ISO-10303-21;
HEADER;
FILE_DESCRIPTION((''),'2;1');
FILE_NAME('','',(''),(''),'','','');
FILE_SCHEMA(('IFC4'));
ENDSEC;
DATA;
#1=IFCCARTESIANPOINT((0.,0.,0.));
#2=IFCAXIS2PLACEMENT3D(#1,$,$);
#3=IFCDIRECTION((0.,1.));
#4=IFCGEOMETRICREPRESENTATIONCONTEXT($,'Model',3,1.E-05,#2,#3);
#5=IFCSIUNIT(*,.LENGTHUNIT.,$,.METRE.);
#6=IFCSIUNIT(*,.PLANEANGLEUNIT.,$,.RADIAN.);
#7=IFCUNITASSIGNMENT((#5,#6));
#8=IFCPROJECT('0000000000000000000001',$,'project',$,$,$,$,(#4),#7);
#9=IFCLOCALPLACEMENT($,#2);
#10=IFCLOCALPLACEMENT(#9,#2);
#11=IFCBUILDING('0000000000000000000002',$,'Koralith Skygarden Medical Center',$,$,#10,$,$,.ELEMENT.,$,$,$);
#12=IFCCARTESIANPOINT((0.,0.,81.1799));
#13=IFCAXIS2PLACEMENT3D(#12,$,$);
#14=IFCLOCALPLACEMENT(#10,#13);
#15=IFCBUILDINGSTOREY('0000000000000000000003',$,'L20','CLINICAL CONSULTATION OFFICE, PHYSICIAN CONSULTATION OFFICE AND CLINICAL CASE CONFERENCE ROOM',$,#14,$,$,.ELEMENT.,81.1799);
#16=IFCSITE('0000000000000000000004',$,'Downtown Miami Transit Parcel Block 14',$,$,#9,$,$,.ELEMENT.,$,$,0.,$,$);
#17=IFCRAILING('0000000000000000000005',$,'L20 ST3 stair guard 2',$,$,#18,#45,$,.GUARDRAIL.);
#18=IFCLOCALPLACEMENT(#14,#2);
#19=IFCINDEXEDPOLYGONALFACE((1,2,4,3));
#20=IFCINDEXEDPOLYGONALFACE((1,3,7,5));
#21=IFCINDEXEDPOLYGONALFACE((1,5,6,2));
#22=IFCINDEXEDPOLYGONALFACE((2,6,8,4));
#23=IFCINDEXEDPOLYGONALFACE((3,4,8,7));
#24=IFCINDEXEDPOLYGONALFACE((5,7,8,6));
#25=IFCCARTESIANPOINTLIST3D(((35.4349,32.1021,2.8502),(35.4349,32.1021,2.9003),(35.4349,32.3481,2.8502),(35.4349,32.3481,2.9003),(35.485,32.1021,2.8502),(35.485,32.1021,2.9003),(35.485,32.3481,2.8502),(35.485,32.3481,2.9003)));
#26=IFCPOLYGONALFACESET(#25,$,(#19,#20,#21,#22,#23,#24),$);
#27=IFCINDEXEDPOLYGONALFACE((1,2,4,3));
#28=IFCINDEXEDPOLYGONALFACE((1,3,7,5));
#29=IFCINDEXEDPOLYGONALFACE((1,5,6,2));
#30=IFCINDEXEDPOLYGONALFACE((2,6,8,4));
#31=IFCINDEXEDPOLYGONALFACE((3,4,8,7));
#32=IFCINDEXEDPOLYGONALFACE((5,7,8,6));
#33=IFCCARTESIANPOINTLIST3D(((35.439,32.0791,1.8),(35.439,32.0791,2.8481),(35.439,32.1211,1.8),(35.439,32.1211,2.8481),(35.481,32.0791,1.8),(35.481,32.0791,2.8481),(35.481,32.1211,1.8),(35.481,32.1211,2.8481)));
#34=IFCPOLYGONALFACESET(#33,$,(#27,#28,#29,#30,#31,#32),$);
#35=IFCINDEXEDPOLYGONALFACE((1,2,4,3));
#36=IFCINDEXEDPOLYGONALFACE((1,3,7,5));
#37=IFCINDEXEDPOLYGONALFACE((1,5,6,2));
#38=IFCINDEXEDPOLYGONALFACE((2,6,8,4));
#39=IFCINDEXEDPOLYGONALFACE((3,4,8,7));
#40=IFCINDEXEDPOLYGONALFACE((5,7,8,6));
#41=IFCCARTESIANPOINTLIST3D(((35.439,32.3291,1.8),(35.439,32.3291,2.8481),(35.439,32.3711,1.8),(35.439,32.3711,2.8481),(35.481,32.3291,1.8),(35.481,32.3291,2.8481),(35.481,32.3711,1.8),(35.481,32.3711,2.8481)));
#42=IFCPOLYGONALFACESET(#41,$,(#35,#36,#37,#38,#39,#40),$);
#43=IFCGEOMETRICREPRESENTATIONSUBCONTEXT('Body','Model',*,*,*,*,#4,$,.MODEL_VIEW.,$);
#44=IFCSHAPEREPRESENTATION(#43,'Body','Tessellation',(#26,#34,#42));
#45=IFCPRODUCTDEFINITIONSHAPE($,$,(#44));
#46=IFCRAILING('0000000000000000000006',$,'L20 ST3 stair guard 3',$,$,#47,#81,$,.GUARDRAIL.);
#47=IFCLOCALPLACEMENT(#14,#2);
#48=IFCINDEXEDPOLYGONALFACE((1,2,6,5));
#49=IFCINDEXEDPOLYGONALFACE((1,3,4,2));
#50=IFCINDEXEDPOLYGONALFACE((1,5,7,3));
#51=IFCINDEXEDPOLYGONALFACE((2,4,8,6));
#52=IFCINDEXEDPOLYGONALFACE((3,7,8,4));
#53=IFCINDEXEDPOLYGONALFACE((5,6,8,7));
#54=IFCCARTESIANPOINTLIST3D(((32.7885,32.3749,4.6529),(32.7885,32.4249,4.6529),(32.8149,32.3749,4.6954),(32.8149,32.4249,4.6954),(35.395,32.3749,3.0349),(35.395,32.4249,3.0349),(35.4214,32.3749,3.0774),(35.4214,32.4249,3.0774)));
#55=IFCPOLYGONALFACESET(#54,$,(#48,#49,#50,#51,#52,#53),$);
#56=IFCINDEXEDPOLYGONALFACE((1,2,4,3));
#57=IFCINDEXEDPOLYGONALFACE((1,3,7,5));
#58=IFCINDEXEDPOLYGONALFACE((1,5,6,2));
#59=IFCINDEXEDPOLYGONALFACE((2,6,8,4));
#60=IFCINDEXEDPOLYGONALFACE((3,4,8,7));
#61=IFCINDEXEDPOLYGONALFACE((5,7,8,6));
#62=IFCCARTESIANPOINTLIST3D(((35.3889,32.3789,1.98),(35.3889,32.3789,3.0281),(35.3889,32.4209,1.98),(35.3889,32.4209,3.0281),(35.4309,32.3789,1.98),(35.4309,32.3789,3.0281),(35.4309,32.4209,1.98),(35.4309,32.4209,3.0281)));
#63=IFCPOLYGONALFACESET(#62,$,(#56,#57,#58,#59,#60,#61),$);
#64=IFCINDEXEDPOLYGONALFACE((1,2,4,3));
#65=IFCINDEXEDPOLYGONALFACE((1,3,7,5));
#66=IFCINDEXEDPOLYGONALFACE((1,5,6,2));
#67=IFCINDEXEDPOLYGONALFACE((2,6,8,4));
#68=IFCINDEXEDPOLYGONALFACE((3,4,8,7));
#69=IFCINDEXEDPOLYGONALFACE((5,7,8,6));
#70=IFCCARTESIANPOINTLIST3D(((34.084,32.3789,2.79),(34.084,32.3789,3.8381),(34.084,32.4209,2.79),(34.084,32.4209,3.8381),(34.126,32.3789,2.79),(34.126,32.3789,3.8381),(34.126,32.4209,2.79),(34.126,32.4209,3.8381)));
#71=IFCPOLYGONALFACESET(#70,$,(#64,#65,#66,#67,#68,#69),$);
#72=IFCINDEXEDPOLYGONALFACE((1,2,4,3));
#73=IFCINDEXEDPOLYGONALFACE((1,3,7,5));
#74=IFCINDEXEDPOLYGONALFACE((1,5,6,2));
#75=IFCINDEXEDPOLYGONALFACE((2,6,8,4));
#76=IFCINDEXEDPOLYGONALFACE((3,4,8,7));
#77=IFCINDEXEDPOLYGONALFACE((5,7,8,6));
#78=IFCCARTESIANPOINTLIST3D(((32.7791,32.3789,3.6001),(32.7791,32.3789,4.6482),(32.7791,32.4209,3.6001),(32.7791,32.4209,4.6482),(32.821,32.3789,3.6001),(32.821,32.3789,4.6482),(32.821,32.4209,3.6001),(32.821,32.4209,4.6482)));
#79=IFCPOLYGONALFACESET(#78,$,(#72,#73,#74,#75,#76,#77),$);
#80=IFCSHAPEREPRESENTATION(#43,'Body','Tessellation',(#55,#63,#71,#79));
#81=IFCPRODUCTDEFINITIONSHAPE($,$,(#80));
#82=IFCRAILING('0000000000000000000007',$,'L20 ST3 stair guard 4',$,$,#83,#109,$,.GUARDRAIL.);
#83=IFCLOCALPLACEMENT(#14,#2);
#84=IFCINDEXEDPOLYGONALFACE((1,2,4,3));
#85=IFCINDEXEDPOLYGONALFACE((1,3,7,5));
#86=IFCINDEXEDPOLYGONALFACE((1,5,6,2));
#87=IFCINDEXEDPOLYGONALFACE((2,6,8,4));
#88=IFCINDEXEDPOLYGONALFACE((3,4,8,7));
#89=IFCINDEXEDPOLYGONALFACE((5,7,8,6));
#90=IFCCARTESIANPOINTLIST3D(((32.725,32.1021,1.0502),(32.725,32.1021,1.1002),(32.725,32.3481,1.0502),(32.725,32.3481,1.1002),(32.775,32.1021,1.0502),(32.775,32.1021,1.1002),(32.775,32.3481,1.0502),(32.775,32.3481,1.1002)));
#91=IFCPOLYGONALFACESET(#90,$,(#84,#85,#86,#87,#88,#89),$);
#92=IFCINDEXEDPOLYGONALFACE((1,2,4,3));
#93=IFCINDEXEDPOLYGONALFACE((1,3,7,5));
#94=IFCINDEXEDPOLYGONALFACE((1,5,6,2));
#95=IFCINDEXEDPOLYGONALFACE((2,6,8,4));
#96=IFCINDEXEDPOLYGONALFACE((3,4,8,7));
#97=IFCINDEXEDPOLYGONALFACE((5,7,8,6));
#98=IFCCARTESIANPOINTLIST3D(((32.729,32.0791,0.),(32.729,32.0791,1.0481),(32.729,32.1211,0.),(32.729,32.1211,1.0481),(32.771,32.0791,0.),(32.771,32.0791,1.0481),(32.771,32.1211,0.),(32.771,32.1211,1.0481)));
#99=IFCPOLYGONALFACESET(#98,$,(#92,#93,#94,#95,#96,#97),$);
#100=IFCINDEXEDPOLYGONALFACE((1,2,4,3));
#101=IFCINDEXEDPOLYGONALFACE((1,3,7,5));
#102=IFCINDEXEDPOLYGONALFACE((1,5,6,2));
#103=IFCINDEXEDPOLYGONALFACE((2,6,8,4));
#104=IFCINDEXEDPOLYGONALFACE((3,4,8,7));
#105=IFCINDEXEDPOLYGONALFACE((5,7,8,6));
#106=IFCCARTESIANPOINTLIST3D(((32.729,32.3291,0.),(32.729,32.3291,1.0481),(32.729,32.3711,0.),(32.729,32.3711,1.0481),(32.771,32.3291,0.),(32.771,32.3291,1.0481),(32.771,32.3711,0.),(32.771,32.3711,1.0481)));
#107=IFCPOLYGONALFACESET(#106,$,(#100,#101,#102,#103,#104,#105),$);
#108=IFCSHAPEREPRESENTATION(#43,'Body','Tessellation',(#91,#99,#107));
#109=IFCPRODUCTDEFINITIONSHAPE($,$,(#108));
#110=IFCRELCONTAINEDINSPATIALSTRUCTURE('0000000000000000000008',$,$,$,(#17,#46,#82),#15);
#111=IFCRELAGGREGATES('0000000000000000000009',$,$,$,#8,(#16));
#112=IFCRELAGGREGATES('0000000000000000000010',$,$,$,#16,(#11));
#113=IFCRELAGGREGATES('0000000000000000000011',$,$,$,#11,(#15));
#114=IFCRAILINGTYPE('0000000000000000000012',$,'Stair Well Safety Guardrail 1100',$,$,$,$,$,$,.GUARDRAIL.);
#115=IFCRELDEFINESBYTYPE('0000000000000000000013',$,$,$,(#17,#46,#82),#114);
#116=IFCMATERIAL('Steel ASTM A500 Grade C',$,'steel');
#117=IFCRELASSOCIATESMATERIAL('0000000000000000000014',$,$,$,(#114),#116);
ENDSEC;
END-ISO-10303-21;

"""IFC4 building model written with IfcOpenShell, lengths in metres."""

from ifc_helpers import new_model, si_unit, direction, frame, origin, origin_2d, place, context, subcontext, project, spatial, rectangle, extrude, material, type_object, element, save


model = new_model("IFC4")

# Units and contexts
model_context = context("Model", 3, precision=1e-05, world=origin(), true_north=direction((0.0, 1.0)))
body_context = subcontext(model_context, "Body", "Model", "MODEL_VIEW")
ifc_project = project(units=[si_unit("LENGTHUNIT", "METRE"), si_unit("PLANEANGLEUNIT", "RADIAN")], contexts=[model_context])

# Site, building, storey
site_placement = place(None, origin())
site = spatial("IfcSite", under=ifc_project, at=site_placement, Name="Downtown Miami Transit Parcel Block 14", CompositionType="ELEMENT", RefElevation=0.0)
building_placement = place(site_placement, origin())
building = spatial("IfcBuilding", under=site, at=building_placement, Name="Koralith Skygarden Medical Center", CompositionType="ELEMENT")
storey_placement = place(building_placement, frame((0.0, 0.0, 81.1799)))
storey = spatial("IfcBuildingStorey", under=building, at=storey_placement, Name="L20", Description="CLINICAL CONSULTATION OFFICE, PHYSICIAN CONSULTATION OFFICE AND CLINICAL CASE CONFERENCE ROOM", CompositionType="ELEMENT", Elevation=81.1799)

# Railings
ifc_material_1 = material(Name="Steel ASTM A500 Grade C", Category="steel")
railing_type_1 = type_object("IfcRailingType", Name="Stair Well Safety Guardrail 1100", PredefinedType="GUARDRAIL", material=ifc_material_1)
railing_1_placement = place(storey_placement, frame((35.46, 32.1001, 1.8)))
element("IfcRailing", 1, at=railing_1_placement, inside=storey, type_object=railing_type_1, Name="L20 ST3 stair guard 2", PredefinedType="GUARDRAIL", context=body_context, shape_type="SweptSolid", body=[
    extrude(rectangle(XDim=0.05, YDim=0.05, at=origin_2d()), frame((0.0, 0.002, 1.0752), z_axis=(0.0, 1.0, 0.0), x_axis=(-1.0, 0.0, 0.0)), (0.0, 0.0, 1.0), 0.2461),
    extrude(rectangle(XDim=0.042, YDim=0.042, at=origin_2d()), origin(), (0.0, 0.0, 1.0), 1.0481),
    extrude(rectangle(XDim=0.042, YDim=0.042, at=origin_2d()), frame((0.0, 0.25, 0.0)), (0.0, 0.0, 1.0), 1.0481),
])
railing_2_placement = place(storey_placement, frame((35.4099, 32.3999, 1.98)))
element("IfcRailing", 2, at=railing_2_placement, inside=storey, type_object=railing_type_1, Name="L20 ST3 stair guard 3", PredefinedType="GUARDRAIL", context=body_context, shape_type="SweptSolid", body=[
    extrude(rectangle(XDim=0.05, YDim=0.05, at=origin_2d()), frame((-0.0017, 0.0, 1.0762), z_axis=(-0.849611, 0.0, 0.52741), x_axis=(0.0, -1.0, 0.0)), (0.0, 0.0, 1.0), 3.0679),
    extrude(rectangle(XDim=0.042, YDim=0.042, at=origin_2d()), origin(), (0.0, 0.0, 1.0), 1.0481),
    extrude(rectangle(XDim=0.042, YDim=0.042, at=origin_2d()), frame((-1.3049, 0.0, 0.8101)), (0.0, 0.0, 1.0), 1.0481),
    extrude(rectangle(XDim=0.042, YDim=0.042, at=origin_2d()), frame((-2.6099, 0.0, 1.6201)), (0.0, 0.0, 1.0), 1.0481),
])
railing_3_placement = place(storey_placement, frame((32.75, 32.1001, 0.0)))
element("IfcRailing", 3, at=railing_3_placement, inside=storey, type_object=railing_type_1, Name="L20 ST3 stair guard 4", PredefinedType="GUARDRAIL", context=body_context, shape_type="SweptSolid", body=[
    extrude(rectangle(XDim=0.05, YDim=0.05, at=origin_2d()), frame((0.0, 0.002, 1.0752), z_axis=(0.0, 1.0, 0.0), x_axis=(-1.0, 0.0, 0.0)), (0.0, 0.0, 1.0), 0.2461),
    extrude(rectangle(XDim=0.042, YDim=0.042, at=origin_2d()), origin(), (0.0, 0.0, 1.0), 1.0481),
    extrude(rectangle(XDim=0.042, YDim=0.042, at=origin_2d()), frame((0.0, 0.25, 0.0)), (0.0, 0.0, 1.0), 1.0481),
])

save(model, "model.ifc")
